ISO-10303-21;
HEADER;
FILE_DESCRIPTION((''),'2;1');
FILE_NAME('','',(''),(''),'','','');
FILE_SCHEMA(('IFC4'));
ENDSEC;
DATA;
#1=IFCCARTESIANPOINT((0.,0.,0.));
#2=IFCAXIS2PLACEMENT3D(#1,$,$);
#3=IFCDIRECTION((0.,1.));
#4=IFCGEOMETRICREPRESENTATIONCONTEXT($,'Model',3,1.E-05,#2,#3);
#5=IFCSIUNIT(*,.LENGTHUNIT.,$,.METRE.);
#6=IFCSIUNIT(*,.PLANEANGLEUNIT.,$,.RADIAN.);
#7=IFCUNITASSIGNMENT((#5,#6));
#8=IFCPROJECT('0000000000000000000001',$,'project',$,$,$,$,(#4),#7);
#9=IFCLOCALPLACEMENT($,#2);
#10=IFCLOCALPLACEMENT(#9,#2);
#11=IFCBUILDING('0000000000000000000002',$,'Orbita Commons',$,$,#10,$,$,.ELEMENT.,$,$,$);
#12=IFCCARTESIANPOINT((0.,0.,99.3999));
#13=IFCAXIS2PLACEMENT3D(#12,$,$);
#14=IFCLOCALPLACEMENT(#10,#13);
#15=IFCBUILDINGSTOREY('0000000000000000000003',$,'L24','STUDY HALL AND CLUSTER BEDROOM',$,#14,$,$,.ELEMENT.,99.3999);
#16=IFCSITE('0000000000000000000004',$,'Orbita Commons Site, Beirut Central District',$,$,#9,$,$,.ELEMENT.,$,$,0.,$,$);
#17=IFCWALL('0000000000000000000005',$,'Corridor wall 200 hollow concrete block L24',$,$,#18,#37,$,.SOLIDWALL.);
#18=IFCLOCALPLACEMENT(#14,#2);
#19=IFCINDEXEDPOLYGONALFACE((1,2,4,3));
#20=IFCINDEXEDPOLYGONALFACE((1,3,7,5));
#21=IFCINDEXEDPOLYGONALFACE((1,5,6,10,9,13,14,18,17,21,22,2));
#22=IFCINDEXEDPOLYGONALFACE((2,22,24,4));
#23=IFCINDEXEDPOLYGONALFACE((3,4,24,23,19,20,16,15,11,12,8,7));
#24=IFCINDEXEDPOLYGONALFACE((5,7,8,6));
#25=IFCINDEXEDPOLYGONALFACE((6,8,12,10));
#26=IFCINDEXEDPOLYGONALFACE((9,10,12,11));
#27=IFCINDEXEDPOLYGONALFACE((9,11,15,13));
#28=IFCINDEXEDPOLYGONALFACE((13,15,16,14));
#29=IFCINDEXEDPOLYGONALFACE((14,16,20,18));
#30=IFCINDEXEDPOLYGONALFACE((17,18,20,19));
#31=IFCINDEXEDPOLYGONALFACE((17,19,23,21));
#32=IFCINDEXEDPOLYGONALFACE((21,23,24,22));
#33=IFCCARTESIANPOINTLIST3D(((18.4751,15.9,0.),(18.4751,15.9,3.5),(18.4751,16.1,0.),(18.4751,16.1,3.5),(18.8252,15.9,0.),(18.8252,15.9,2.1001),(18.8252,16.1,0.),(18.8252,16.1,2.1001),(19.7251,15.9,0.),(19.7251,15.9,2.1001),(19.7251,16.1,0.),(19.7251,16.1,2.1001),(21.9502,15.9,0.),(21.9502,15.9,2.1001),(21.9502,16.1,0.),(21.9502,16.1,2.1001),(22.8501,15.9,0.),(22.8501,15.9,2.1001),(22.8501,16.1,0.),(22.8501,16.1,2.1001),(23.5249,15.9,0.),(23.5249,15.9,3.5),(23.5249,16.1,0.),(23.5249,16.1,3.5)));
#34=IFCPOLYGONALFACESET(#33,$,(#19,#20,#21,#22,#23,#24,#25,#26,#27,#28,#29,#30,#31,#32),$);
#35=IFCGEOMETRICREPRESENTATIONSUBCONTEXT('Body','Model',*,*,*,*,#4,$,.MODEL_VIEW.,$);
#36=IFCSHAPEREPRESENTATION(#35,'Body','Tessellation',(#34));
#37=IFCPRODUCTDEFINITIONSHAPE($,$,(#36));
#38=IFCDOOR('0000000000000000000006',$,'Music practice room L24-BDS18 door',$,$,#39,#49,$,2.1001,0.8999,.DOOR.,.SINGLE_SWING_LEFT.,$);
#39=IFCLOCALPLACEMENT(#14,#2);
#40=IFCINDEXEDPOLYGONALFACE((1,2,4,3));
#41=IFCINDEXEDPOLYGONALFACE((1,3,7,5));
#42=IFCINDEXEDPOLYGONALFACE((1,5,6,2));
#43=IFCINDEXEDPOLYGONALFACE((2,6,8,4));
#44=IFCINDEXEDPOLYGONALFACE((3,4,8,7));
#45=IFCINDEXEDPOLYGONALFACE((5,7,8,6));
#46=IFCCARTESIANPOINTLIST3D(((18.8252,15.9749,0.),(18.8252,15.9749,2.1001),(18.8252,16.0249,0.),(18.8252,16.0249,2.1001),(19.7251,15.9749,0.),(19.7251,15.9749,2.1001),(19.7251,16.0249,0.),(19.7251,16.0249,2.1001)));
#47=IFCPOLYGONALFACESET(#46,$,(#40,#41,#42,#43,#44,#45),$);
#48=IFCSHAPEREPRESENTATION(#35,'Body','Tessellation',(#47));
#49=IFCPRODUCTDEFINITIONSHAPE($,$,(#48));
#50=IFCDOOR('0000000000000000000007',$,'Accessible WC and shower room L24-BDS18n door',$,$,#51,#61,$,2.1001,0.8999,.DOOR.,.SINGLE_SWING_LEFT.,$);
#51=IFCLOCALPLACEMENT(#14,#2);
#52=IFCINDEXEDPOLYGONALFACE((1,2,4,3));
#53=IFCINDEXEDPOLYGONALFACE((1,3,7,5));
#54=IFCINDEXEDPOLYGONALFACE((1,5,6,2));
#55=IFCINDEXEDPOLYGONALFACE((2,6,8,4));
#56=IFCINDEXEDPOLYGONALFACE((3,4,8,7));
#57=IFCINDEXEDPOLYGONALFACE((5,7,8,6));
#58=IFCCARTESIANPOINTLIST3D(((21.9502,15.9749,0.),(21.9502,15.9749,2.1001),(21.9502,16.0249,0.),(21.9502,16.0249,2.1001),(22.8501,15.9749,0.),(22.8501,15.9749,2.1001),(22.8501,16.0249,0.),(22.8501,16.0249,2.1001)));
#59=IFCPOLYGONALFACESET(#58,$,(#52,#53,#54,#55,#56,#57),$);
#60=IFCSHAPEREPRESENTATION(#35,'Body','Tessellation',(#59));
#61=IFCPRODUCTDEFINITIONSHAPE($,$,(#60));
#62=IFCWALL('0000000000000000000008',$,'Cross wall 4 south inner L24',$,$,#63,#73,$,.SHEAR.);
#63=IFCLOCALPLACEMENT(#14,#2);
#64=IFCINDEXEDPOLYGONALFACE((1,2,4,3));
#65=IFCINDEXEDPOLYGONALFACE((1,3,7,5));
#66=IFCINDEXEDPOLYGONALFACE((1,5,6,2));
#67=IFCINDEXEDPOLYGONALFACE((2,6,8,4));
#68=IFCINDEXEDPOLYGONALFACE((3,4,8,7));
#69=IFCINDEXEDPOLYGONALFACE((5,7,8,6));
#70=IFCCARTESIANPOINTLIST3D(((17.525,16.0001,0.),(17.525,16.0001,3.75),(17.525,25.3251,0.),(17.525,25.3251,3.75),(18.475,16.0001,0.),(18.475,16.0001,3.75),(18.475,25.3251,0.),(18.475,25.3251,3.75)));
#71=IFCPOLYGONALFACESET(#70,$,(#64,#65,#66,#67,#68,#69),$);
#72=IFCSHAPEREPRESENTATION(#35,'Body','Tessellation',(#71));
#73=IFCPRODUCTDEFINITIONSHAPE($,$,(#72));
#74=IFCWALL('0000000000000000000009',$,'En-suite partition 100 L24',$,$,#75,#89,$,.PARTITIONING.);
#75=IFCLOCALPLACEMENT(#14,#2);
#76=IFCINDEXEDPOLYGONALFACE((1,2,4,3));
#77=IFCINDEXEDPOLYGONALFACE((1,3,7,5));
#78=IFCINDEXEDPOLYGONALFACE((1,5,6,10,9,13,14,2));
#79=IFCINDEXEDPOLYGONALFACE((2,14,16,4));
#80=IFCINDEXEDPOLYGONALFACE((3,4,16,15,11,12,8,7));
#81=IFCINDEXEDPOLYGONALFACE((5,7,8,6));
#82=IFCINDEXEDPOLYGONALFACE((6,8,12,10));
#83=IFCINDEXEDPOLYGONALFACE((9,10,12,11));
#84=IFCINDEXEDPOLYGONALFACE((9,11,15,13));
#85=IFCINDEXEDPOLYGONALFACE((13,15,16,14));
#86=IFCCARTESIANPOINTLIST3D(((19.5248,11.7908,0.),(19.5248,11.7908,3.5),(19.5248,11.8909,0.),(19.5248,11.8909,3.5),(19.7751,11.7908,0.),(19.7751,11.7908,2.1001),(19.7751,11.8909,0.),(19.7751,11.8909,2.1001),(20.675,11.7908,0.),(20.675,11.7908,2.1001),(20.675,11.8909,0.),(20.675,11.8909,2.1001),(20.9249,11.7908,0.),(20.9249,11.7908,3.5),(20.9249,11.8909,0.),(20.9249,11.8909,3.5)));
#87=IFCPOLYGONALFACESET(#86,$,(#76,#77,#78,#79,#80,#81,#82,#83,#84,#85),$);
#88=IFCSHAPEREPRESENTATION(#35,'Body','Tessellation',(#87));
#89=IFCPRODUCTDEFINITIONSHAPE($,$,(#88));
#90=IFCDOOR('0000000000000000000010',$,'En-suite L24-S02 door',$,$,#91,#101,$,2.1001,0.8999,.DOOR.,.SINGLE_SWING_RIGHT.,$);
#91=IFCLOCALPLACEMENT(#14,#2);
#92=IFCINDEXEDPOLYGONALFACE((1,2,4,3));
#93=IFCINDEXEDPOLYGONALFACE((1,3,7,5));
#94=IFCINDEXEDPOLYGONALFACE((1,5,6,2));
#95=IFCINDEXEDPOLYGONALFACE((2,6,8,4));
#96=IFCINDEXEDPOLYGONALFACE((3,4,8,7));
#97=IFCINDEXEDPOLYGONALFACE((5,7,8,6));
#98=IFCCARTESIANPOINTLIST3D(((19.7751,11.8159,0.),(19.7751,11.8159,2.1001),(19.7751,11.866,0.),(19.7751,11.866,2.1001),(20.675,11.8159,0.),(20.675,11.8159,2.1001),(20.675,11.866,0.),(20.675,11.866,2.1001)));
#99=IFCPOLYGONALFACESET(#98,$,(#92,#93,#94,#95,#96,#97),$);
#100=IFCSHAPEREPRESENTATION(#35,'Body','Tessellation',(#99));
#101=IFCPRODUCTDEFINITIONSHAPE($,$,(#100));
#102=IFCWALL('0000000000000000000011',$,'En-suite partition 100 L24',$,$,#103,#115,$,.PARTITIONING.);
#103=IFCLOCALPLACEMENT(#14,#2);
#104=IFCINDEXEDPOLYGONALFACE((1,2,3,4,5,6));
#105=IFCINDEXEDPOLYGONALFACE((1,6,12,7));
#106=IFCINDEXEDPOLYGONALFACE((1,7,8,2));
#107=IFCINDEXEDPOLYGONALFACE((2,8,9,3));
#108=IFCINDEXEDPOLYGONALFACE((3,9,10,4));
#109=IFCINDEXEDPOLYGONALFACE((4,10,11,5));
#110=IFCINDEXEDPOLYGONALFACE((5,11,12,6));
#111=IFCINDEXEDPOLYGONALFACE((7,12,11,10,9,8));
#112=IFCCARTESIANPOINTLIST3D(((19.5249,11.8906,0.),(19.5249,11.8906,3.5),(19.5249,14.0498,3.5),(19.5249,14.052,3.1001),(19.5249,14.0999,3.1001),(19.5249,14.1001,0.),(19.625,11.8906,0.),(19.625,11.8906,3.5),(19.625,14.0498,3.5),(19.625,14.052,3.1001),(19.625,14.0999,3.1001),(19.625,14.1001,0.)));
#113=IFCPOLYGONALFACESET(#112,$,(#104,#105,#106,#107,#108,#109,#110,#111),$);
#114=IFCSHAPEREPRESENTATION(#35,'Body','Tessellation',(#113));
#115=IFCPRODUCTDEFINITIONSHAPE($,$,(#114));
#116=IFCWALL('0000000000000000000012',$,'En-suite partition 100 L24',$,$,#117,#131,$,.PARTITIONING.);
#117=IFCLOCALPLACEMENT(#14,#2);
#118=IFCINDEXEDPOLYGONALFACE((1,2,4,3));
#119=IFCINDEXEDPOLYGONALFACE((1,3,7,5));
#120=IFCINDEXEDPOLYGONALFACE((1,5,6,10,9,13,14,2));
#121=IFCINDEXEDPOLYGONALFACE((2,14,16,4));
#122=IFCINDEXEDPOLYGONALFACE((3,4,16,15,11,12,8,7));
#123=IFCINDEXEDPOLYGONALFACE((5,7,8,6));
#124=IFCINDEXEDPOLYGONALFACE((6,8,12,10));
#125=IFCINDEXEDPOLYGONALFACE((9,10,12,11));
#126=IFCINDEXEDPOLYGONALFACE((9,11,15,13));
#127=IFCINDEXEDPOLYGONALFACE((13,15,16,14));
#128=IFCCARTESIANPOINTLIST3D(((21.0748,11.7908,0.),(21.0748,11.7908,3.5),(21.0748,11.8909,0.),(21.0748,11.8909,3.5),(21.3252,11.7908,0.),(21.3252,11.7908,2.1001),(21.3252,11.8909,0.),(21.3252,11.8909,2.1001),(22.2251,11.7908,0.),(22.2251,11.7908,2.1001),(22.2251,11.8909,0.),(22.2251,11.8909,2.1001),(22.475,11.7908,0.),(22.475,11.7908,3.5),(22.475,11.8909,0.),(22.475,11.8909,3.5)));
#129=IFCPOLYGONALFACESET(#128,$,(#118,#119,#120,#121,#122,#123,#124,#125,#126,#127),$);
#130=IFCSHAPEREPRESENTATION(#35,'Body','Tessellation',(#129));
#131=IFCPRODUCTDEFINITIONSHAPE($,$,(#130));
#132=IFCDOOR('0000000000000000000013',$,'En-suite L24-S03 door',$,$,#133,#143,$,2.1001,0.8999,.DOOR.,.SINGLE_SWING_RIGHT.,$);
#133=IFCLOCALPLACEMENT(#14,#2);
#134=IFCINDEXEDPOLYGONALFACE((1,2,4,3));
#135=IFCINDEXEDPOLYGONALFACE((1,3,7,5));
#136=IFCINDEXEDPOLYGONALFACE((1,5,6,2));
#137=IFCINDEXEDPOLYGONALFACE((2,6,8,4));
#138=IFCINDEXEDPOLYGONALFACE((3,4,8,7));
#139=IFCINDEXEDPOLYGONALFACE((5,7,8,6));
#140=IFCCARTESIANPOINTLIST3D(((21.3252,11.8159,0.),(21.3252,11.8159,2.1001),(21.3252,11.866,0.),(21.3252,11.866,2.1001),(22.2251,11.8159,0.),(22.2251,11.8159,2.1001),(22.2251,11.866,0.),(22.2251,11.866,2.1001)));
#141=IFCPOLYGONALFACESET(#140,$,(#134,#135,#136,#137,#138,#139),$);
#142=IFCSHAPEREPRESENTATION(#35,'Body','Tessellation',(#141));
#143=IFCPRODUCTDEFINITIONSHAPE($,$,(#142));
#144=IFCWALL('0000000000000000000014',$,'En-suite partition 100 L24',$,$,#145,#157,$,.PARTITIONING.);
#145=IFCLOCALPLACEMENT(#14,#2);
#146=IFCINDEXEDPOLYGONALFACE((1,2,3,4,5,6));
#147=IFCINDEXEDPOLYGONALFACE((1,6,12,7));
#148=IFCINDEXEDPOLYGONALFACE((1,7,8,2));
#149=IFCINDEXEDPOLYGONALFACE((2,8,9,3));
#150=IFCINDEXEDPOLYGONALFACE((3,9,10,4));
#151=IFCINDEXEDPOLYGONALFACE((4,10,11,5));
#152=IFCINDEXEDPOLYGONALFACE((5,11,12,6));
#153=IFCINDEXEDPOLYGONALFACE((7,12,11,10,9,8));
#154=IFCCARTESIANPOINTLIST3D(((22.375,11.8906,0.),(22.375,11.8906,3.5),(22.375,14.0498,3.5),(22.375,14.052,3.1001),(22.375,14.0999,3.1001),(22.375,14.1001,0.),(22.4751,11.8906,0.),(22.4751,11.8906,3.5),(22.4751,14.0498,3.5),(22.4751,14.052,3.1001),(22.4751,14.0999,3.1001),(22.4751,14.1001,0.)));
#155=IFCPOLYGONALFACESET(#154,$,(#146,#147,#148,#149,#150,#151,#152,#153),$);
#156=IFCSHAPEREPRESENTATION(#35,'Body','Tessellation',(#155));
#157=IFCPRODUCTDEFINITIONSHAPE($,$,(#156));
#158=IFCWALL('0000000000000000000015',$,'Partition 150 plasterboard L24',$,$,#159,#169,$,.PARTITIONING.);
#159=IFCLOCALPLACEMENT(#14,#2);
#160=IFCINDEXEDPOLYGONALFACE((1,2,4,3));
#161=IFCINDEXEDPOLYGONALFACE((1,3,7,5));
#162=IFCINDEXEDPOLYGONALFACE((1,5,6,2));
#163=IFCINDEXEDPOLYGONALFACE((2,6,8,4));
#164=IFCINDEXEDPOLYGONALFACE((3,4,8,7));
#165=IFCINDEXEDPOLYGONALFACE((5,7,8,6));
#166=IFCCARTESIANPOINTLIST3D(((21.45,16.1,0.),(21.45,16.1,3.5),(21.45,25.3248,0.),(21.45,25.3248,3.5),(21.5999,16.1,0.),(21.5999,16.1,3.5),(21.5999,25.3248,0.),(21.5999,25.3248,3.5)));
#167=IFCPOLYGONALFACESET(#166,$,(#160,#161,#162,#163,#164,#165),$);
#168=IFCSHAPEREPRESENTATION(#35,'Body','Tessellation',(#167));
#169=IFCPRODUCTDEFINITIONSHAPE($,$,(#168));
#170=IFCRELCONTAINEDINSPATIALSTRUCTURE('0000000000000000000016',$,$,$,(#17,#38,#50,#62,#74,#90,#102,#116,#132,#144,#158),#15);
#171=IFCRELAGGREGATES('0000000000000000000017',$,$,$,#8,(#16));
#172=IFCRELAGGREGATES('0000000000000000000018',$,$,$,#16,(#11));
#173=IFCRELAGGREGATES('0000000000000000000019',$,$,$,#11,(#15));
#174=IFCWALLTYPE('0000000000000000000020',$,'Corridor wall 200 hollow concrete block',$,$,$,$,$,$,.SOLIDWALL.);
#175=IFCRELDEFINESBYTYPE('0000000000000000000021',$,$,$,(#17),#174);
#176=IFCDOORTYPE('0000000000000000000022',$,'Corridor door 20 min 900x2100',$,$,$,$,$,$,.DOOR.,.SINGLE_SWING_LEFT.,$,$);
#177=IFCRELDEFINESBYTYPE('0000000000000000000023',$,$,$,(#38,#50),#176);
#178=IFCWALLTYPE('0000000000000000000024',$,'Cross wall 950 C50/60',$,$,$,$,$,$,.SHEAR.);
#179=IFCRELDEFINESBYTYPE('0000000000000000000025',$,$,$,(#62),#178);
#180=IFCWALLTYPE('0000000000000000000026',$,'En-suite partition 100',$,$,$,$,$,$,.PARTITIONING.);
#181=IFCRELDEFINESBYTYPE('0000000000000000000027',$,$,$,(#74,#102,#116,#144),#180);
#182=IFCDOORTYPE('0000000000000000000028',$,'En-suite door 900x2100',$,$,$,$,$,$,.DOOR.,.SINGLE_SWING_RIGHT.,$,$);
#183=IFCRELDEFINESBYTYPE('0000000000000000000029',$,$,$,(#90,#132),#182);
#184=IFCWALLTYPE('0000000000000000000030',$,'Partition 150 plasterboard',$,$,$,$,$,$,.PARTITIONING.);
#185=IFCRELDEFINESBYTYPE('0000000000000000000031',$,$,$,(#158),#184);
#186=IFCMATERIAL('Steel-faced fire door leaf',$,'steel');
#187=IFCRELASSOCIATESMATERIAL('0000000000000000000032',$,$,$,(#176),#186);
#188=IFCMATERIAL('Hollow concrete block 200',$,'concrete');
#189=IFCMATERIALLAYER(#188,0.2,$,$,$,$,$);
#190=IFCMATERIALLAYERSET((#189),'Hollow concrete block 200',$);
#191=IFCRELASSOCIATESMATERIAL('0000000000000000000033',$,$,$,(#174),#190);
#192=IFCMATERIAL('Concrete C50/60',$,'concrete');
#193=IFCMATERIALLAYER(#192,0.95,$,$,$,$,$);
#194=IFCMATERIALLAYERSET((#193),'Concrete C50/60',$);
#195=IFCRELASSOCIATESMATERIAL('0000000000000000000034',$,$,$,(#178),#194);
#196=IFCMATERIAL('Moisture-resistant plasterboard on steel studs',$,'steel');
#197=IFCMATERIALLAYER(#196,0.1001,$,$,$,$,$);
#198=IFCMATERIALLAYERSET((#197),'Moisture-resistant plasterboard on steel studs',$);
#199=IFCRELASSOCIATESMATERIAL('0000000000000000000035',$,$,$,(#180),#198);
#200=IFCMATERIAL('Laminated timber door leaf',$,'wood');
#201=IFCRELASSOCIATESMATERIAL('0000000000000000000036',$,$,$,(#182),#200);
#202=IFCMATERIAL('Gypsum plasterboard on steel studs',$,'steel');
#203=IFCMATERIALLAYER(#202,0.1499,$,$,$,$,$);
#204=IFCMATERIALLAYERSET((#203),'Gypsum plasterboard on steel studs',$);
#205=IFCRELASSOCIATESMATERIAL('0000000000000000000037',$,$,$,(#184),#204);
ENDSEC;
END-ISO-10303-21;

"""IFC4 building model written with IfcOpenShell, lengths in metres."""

from ifc_helpers import new_model, si_unit, direction, frame, frame_2d, origin, place, context, subcontext, project, spatial, polyline, rectangle, outline, extrude, material, layer, layer_set, type_object, element, fill, save


model = new_model("IFC4")

# Units and contexts
model_context = context("Model", 3, precision=1e-05, world=origin(), true_north=direction((0.0, 1.0)))
body_context = subcontext(model_context, "Body", "Model", "MODEL_VIEW")
ifc_project = project(units=[si_unit("LENGTHUNIT", "METRE"), si_unit("PLANEANGLEUNIT", "RADIAN")], contexts=[model_context])

# Site, building, storey
site_placement = place(None, origin())
site = spatial("IfcSite", under=ifc_project, at=site_placement, Name="Orbita Commons Site, Beirut Central District", CompositionType="ELEMENT", RefElevation=0.0)
building_placement = place(site_placement, origin())
building = spatial("IfcBuilding", under=site, at=building_placement, Name="Orbita Commons", CompositionType="ELEMENT")
storey_placement = place(building_placement, frame((0.0, 0.0, 99.3999)))
storey = spatial("IfcBuildingStorey", under=building, at=storey_placement, Name="L24", Description="STUDY HALL AND CLUSTER BEDROOM", CompositionType="ELEMENT", Elevation=99.3999)

# Wall, openings, doors
ifc_material_1 = material(Name="Steel-faced fire door leaf", Category="steel")
door_type_1 = type_object("IfcDoorType", Name="Corridor door 20 min 900x2100", OperationType="SINGLE_SWING_LEFT", PredefinedType="DOOR", material=ifc_material_1)
ifc_material_2 = material(Name="Hollow concrete block 200", Category="concrete")
ifc_layer_1 = layer(ifc_material_2, 0.2)
ifc_layer_set_1 = layer_set([ifc_layer_1], Name="Hollow concrete block 200")
wall_type_1 = type_object("IfcWallType", Name="Corridor wall 200 hollow concrete block", PredefinedType="SOLIDWALL", material=ifc_layer_set_1)
wall_1_placement = place(storey_placement, frame((18.4751, 16.0, 0.0), z_axis=(0.0, 0.0, 1.0), x_axis=(1.0, 0.0, 0.0)))
wall_1 = element("IfcWall", 1, at=wall_1_placement, inside=storey, type_object=wall_type_1, Name="Corridor wall 200 hollow concrete block L24", PredefinedType="SOLIDWALL", context=body_context, shape_type="SweptSolid", body=[
    extrude(rectangle(XDim=5.0498, YDim=0.2, at=frame_2d((2.5249, 0.0))), origin(), (0.0, 0.0, 1.0), 3.5),
])
opening_1_placement = place(wall_1_placement, frame((0.3501, 0.0, 0.0)))
opening_1 = element("IfcOpeningElement", 2, at=opening_1_placement, cuts=wall_1, PredefinedType="OPENING", context=body_context, shape_type="SweptSolid", body=[
    extrude(rectangle(XDim=0.8999, YDim=2.1001, at=frame_2d((0.45, 1.05))), frame((0.0, 0.1099, 0.0), z_axis=(0.0, -1.0, 0.0), x_axis=(1.0, 0.0, 0.0)), (0.0, 0.0, 1.0), 0.22),
])
opening_2_placement = place(wall_1_placement, frame((3.4751, 0.0, 0.0)))
opening_2 = element("IfcOpeningElement", 3, at=opening_2_placement, cuts=wall_1, PredefinedType="OPENING", context=body_context, shape_type="SweptSolid", body=[
    extrude(rectangle(XDim=0.8999, YDim=2.1001, at=frame_2d((0.45, 1.05))), frame((0.0, 0.1099, 0.0), z_axis=(0.0, -1.0, 0.0), x_axis=(1.0, 0.0, 0.0)), (0.0, 0.0, 1.0), 0.22),
])
door_1_placement = place(opening_1_placement, origin())
door_1 = element("IfcDoor", 4, at=door_1_placement, inside=storey, type_object=door_type_1, Name="Music practice room L24-BDS18 door", OperationType="SINGLE_SWING_LEFT", OverallHeight=2.1001, OverallWidth=0.8999, PredefinedType="DOOR", context=body_context, shape_type="SweptSolid", body=[
    extrude(rectangle(XDim=0.8999, YDim=2.1001, at=frame_2d((0.45, 1.05))), frame((0.0, 0.0249, 0.0), z_axis=(0.0, -1.0, 0.0), x_axis=(1.0, 0.0, 0.0)), (0.0, 0.0, 1.0), 0.05),
])
fill(opening_1, door_1)
door_2_placement = place(opening_2_placement, origin())
door_2 = element("IfcDoor", 5, at=door_2_placement, inside=storey, type_object=door_type_1, Name="Accessible WC and shower room L24-BDS18n door", OperationType="SINGLE_SWING_LEFT", OverallHeight=2.1001, OverallWidth=0.8999, PredefinedType="DOOR", context=body_context, shape_type="SweptSolid", body=[
    extrude(rectangle(XDim=0.8999, YDim=2.1001, at=frame_2d((0.45, 1.05))), frame((0.0, 0.0249, 0.0), z_axis=(0.0, -1.0, 0.0), x_axis=(1.0, 0.0, 0.0)), (0.0, 0.0, 1.0), 0.05),
])
fill(opening_2, door_2)

# Wall
ifc_material_3 = material(Name="Concrete C50/60", Category="concrete")
ifc_layer_2 = layer(ifc_material_3, 0.95)
ifc_layer_set_2 = layer_set([ifc_layer_2], Name="Concrete C50/60")
wall_type_2 = type_object("IfcWallType", Name="Cross wall 950 C50/60", PredefinedType="SHEAR", material=ifc_layer_set_2)
wall_2_placement = place(storey_placement, frame((18.0, 16.0, 0.0), z_axis=(0.0, 0.0, 1.0), x_axis=(0.0, 1.0, 0.0)))
element("IfcWall", 6, at=wall_2_placement, inside=storey, type_object=wall_type_2, Name="Cross wall 4 south inner L24", PredefinedType="SHEAR", context=body_context, shape_type="SweptSolid", body=[
    extrude(rectangle(XDim=9.325, YDim=0.95, at=frame_2d((4.6626, 0.0))), origin(), (0.0, 0.0, 1.0), 3.75),
])

# Wall, opening, door
ifc_material_4 = material(Name="Moisture-resistant plasterboard on steel studs", Category="steel")
ifc_layer_3 = layer(ifc_material_4, 0.1001)
ifc_layer_set_3 = layer_set([ifc_layer_3], Name="Moisture-resistant plasterboard on steel studs")
wall_type_3 = type_object("IfcWallType", Name="En-suite partition 100", PredefinedType="PARTITIONING", material=ifc_layer_set_3)
wall_3_placement = place(storey_placement, frame((20.925, 11.8408, 0.0), z_axis=(0.0, 0.0, 1.0), x_axis=(-1.0, 0.0, 0.0)))
wall_3 = element("IfcWall", 7, at=wall_3_placement, inside=storey, type_object=wall_type_3, Name="En-suite partition 100 L24", PredefinedType="PARTITIONING", context=body_context, shape_type="SweptSolid", body=[
    extrude(rectangle(XDim=1.4001, YDim=0.1001, at=frame_2d((0.7002, 0.0))), origin(), (0.0, 0.0, 1.0), 3.5),
])
opening_3_placement = place(wall_3_placement, frame((0.25, 0.0, 0.0)))
opening_3 = element("IfcOpeningElement", 8, at=opening_3_placement, cuts=wall_3, PredefinedType="OPENING", context=body_context, shape_type="SweptSolid", body=[
    extrude(rectangle(XDim=0.8999, YDim=2.1001, at=frame_2d((0.45, 1.05))), frame((0.0, 0.0601, 0.0), z_axis=(0.0, -1.0, 0.0), x_axis=(1.0, 0.0, 0.0)), (0.0, 0.0, 1.0), 0.1201),
])
ifc_material_5 = material(Name="Laminated timber door leaf", Category="wood")
door_type_2 = type_object("IfcDoorType", Name="En-suite door 900x2100", OperationType="SINGLE_SWING_RIGHT", PredefinedType="DOOR", material=ifc_material_5)
door_3_placement = place(opening_3_placement, origin())
door_3 = element("IfcDoor", 9, at=door_3_placement, inside=storey, type_object=door_type_2, Name="En-suite L24-S02 door", OperationType="SINGLE_SWING_RIGHT", OverallHeight=2.1001, OverallWidth=0.8999, PredefinedType="DOOR", context=body_context, shape_type="SweptSolid", body=[
    extrude(rectangle(XDim=0.8999, YDim=2.1001, at=frame_2d((0.45, 1.05))), frame((0.0, 0.0249, 0.0), z_axis=(0.0, -1.0, 0.0), x_axis=(1.0, 0.0, 0.0)), (0.0, 0.0, 1.0), 0.05),
])
fill(opening_3, door_3)

# Wall
wall_4_placement = place(storey_placement, frame((19.575, 11.8906, 0.0), z_axis=(0.0, 0.0, 1.0), x_axis=(0.0, 1.0, 0.0)))
element("IfcWall", 10, at=wall_4_placement, inside=storey, type_object=wall_type_3, Name="En-suite partition 100 L24", PredefinedType="PARTITIONING", context=body_context, shape_type="SweptSolid", body=[
    extrude(outline(polyline([(0.0, 0.0), (2.2095, 0.0), (2.2092, 3.1001), (2.1614, 3.1001), (2.1592, 3.5), (0.0, 3.5), (0.0, 0.0)])), frame((0.0, 0.05, 0.0), z_axis=(0.0, -1.0, 0.0), x_axis=(1.0, 0.0, 0.0)), (0.0, 0.0, 1.0), 0.1001),
])

# Wall, opening, door
wall_5_placement = place(storey_placement, frame((22.4751, 11.8408, 0.0), z_axis=(0.0, 0.0, 1.0), x_axis=(-1.0, 0.0, 0.0)))
wall_5 = element("IfcWall", 11, at=wall_5_placement, inside=storey, type_object=wall_type_3, Name="En-suite partition 100 L24", PredefinedType="PARTITIONING", context=body_context, shape_type="SweptSolid", body=[
    extrude(rectangle(XDim=1.4001, YDim=0.1001, at=frame_2d((0.7002, 0.0))), origin(), (0.0, 0.0, 1.0), 3.5),
])
opening_4_placement = place(wall_5_placement, frame((0.25, 0.0, 0.0)))
opening_4 = element("IfcOpeningElement", 12, at=opening_4_placement, cuts=wall_5, PredefinedType="OPENING", context=body_context, shape_type="SweptSolid", body=[
    extrude(rectangle(XDim=0.8999, YDim=2.1001, at=frame_2d((0.45, 1.05))), frame((0.0, 0.0601, 0.0), z_axis=(0.0, -1.0, 0.0), x_axis=(1.0, 0.0, 0.0)), (0.0, 0.0, 1.0), 0.1201),
])
door_4_placement = place(opening_4_placement, origin())
door_4 = element("IfcDoor", 13, at=door_4_placement, inside=storey, type_object=door_type_2, Name="En-suite L24-S03 door", OperationType="SINGLE_SWING_RIGHT", OverallHeight=2.1001, OverallWidth=0.8999, PredefinedType="DOOR", context=body_context, shape_type="SweptSolid", body=[
    extrude(rectangle(XDim=0.8999, YDim=2.1001, at=frame_2d((0.45, 1.05))), frame((0.0, 0.0249, 0.0), z_axis=(0.0, -1.0, 0.0), x_axis=(1.0, 0.0, 0.0)), (0.0, 0.0, 1.0), 0.05),
])
fill(opening_4, door_4)

# Walls
wall_6_placement = place(storey_placement, frame((22.425, 11.8906, 0.0), z_axis=(0.0, 0.0, 1.0), x_axis=(0.0, 1.0, 0.0)))
element("IfcWall", 14, at=wall_6_placement, inside=storey, type_object=wall_type_3, Name="En-suite partition 100 L24", PredefinedType="PARTITIONING", context=body_context, shape_type="SweptSolid", body=[
    extrude(outline(polyline([(0.0, 0.0), (2.2095, 0.0), (2.2092, 3.1001), (2.1614, 3.1001), (2.1592, 3.5), (0.0, 3.5), (0.0, 0.0)])), frame((0.0, 0.05, 0.0), z_axis=(0.0, -1.0, 0.0), x_axis=(1.0, 0.0, 0.0)), (0.0, 0.0, 1.0), 0.1001),
])
ifc_material_6 = material(Name="Gypsum plasterboard on steel studs", Category="steel")
ifc_layer_4 = layer(ifc_material_6, 0.1499)
ifc_layer_set_4 = layer_set([ifc_layer_4], Name="Gypsum plasterboard on steel studs")
wall_type_4 = type_object("IfcWallType", Name="Partition 150 plasterboard", PredefinedType="PARTITIONING", material=ifc_layer_set_4)
wall_7_placement = place(storey_placement, frame((21.5249, 16.1001, 0.0), z_axis=(0.0, 0.0, 1.0), x_axis=(0.0, 1.0, 0.0)))
element("IfcWall", 15, at=wall_7_placement, inside=storey, type_object=wall_type_4, Name="Partition 150 plasterboard L24", PredefinedType="PARTITIONING", context=body_context, shape_type="SweptSolid", body=[
    extrude(rectangle(XDim=9.2249, YDim=0.1499, at=frame_2d((4.6123, 0.0))), origin(), (0.0, 0.0, 1.0), 3.5),
])

save(model, "model.ifc")
